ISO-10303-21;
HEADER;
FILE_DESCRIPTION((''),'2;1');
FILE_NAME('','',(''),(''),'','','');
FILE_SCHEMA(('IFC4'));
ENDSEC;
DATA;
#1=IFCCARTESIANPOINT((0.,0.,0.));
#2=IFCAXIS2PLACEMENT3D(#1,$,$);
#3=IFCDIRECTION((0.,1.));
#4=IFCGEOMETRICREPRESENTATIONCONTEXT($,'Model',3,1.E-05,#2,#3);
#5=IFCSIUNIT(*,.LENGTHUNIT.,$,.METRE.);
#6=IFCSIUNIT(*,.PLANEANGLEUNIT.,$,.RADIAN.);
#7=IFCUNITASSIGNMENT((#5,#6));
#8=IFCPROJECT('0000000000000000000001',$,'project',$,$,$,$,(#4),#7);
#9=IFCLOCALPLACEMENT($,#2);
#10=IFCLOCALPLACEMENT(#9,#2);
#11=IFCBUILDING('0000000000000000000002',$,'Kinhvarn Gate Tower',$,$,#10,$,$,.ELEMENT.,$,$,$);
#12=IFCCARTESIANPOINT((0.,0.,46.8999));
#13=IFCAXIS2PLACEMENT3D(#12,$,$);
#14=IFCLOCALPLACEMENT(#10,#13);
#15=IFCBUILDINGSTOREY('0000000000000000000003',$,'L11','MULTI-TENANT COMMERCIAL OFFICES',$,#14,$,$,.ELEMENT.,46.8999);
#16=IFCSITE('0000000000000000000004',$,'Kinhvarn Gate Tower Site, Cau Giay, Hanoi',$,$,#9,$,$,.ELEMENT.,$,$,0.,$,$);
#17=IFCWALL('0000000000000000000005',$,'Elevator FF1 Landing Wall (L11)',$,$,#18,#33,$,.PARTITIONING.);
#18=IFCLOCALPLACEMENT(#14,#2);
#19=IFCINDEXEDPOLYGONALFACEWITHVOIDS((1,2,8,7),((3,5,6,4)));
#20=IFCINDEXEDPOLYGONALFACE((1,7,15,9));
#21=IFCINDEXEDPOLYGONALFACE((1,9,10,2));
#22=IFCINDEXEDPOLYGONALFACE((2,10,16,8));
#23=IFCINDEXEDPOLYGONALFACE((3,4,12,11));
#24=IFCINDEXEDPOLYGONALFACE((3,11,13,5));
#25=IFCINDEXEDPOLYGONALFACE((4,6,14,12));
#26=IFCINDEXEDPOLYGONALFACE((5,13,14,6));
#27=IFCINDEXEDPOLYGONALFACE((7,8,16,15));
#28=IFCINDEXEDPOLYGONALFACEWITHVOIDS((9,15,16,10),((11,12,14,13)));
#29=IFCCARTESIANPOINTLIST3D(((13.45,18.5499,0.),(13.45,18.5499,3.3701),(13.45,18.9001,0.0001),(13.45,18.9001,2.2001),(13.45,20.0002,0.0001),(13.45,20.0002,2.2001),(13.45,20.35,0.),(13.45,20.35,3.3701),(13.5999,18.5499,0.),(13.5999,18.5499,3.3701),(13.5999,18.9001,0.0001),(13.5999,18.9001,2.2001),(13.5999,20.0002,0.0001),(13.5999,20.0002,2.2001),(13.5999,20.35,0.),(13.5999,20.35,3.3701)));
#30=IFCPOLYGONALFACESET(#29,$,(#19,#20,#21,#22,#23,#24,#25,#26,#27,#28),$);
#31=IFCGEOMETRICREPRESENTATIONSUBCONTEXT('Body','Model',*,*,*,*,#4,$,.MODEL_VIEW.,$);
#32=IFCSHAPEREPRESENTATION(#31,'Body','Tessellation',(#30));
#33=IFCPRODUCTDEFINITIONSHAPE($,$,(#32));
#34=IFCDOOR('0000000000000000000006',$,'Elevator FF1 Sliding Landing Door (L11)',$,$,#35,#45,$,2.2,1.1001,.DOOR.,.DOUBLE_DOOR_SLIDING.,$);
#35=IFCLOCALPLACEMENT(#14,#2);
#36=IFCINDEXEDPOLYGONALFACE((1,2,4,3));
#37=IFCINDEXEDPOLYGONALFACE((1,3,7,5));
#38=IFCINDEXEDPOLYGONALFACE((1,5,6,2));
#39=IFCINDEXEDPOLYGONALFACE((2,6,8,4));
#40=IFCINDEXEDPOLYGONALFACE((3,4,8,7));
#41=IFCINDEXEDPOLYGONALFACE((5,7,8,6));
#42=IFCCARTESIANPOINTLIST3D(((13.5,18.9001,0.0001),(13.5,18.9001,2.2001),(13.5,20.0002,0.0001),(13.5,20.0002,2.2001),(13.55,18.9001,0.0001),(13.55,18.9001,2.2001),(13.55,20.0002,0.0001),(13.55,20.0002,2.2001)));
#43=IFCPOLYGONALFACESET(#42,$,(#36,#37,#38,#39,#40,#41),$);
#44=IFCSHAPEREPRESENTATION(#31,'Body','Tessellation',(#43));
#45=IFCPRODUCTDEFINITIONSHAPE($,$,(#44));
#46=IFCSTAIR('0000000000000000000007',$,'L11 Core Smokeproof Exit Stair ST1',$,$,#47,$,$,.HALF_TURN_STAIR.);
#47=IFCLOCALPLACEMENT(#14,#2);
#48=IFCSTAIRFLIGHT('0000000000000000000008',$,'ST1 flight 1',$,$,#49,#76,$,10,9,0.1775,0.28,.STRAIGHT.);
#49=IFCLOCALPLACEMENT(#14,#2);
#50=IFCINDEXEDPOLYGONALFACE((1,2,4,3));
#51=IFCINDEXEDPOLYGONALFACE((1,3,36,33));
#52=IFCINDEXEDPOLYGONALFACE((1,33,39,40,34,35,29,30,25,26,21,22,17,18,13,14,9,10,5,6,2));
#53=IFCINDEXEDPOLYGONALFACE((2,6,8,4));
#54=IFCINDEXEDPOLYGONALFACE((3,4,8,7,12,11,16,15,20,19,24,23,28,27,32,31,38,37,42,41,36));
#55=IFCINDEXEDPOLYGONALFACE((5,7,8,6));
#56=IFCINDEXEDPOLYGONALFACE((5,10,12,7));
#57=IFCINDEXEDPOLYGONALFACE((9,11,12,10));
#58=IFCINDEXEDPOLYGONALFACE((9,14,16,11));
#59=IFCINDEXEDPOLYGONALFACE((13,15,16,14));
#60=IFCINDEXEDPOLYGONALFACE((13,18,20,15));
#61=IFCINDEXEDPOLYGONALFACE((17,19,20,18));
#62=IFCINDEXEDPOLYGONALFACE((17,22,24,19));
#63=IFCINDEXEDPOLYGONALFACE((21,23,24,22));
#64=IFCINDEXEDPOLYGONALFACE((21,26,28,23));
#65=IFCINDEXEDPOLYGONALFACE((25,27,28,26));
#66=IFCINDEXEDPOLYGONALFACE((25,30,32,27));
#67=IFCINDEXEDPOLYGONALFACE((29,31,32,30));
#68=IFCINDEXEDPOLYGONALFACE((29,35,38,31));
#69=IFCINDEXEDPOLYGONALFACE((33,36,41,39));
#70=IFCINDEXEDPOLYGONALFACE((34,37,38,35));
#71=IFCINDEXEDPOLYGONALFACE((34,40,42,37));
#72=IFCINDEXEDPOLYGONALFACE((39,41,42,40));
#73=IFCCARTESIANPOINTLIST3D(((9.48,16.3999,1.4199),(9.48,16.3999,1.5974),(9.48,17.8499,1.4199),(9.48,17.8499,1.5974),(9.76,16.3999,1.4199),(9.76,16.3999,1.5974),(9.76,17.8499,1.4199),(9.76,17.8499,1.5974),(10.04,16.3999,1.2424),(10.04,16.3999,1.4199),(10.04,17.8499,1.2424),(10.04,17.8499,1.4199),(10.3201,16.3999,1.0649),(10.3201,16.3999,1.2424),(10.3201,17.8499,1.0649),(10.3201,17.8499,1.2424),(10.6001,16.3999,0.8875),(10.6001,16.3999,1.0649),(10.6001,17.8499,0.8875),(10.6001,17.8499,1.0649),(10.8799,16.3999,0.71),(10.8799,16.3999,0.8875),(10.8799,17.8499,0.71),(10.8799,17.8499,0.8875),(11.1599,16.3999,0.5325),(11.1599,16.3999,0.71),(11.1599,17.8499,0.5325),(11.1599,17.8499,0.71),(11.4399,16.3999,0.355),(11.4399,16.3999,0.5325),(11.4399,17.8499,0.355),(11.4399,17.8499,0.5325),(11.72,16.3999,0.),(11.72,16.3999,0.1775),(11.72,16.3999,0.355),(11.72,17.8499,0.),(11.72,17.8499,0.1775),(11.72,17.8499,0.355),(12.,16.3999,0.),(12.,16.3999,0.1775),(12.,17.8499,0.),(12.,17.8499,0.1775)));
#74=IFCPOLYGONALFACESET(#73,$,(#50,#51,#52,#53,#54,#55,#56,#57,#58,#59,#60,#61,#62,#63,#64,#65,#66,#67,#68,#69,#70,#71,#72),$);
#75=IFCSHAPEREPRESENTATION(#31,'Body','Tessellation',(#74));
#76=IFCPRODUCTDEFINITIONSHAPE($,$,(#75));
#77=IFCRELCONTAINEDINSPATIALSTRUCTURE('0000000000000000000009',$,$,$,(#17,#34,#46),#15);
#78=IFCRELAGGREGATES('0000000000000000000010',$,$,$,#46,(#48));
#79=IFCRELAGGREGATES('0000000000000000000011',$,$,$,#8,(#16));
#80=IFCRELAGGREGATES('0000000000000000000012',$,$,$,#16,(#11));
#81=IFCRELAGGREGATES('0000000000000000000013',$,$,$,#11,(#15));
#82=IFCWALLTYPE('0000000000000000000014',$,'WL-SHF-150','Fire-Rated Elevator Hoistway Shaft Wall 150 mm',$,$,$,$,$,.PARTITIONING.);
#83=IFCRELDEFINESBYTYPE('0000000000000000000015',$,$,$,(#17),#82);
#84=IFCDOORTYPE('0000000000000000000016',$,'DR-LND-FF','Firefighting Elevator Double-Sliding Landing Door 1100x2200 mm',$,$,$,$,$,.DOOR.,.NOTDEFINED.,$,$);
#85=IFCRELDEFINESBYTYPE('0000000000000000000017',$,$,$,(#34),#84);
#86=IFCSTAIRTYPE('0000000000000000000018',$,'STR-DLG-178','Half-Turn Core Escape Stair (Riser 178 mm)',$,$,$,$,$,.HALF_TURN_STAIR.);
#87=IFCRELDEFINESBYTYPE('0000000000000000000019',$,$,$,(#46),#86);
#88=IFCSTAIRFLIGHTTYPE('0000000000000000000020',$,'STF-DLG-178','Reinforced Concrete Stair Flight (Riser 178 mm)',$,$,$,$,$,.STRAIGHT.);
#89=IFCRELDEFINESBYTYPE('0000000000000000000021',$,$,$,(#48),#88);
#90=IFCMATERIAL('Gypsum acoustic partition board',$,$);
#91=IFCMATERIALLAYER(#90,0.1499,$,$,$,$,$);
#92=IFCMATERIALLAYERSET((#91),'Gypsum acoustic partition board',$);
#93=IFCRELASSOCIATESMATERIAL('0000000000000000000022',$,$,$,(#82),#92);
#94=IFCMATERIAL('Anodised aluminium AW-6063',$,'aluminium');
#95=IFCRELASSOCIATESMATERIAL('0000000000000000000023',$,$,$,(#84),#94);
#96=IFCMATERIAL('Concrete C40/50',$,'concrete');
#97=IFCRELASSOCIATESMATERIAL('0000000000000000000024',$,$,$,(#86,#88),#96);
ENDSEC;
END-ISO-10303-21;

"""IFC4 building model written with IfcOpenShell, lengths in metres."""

from ifc_helpers import new_model, si_unit, direction, frame, frame_2d, origin, place, context, subcontext, project, spatial, polyline, rectangle, outline, extrude, material, layer, layer_set, type_object, element, fill, aggregate, save


model = new_model("IFC4")

# Units and contexts
model_context = context("Model", 3, precision=1e-05, world=origin(), true_north=direction((0.0, 1.0)))
body_context = subcontext(model_context, "Body", "Model", "MODEL_VIEW")
ifc_project = project(units=[si_unit("LENGTHUNIT", "METRE"), si_unit("PLANEANGLEUNIT", "RADIAN")], contexts=[model_context])

# Site, building, storey
site_placement = place(None, origin())
site = spatial("IfcSite", under=ifc_project, at=site_placement, Name="Kinhvarn Gate Tower Site, Cau Giay, Hanoi", CompositionType="ELEMENT", RefElevation=0.0)
building_placement = place(site_placement, origin())
building = spatial("IfcBuilding", under=site, at=building_placement, Name="Kinhvarn Gate Tower", CompositionType="ELEMENT")
storey_placement = place(building_placement, frame((0.0, 0.0, 46.8999)))
storey = spatial("IfcBuildingStorey", under=building, at=storey_placement, Name="L11", Description="MULTI-TENANT COMMERCIAL OFFICES", CompositionType="ELEMENT", Elevation=46.8999)

# Shared definitions
ifc_material_1 = material(Name="Anodised aluminium AW-6063", Category="aluminium")
ifc_material_2 = material(Name="Gypsum acoustic partition board")

# Shared definitions
ifc_layer_1 = layer(ifc_material_2, 0.1499)
ifc_layer_set_1 = layer_set([ifc_layer_1], Name="Gypsum acoustic partition board")
wall_type_1 = type_object("IfcWallType", Name="WL-SHF-150", Description="Fire-Rated Elevator Hoistway Shaft Wall 150 mm", PredefinedType="PARTITIONING", material=ifc_layer_set_1)

# Wall, opening, door
wall_1_placement = place(storey_placement, frame((13.5249, 18.55, 0.0), z_axis=(0.0, 0.0, 1.0), x_axis=(0.0, 1.0, 0.0)))
wall_1 = element("IfcWall", 1, at=wall_1_placement, inside=storey, type_object=wall_type_1, Name="Elevator FF1 Landing Wall (L11)", PredefinedType="PARTITIONING", context=body_context, shape_type="SweptSolid", body=[
    extrude(rectangle(XDim=1.8, YDim=0.1499, at=frame_2d((0.8999, 0.0))), origin(), (0.0, 0.0, 1.0), 3.3701),
])
opening_1_placement = place(wall_1_placement, frame((0.3501, 0.0, 0.0)))
opening_1 = element("IfcOpeningElement", 2, at=opening_1_placement, cuts=wall_1, PredefinedType="OPENING", context=body_context, shape_type="SweptSolid", body=[
    extrude(rectangle(XDim=1.1001, YDim=2.2, at=frame_2d((0.55, 1.1001))), frame((0.0, 0.085, 0.0), z_axis=(0.0, -1.0, 0.0), x_axis=(1.0, 0.0, 0.0)), (0.0, 0.0, 1.0), 0.1699),
])
door_type_1 = type_object("IfcDoorType", Name="DR-LND-FF", Description="Firefighting Elevator Double-Sliding Landing Door 1100x2200 mm", OperationType="NOTDEFINED", PredefinedType="DOOR", material=ifc_material_1)
door_1_placement = place(opening_1_placement, origin())
door_1 = element("IfcDoor", 3, at=door_1_placement, inside=storey, type_object=door_type_1, Name="Elevator FF1 Sliding Landing Door (L11)", OperationType="DOUBLE_DOOR_SLIDING", OverallHeight=2.2, OverallWidth=1.1001, PredefinedType="DOOR", context=body_context, shape_type="SweptSolid", body=[
    extrude(rectangle(XDim=1.1001, YDim=2.2, at=frame_2d((0.55, 1.1001))), frame((0.0, 0.0249, 0.0), z_axis=(0.0, -1.0, 0.0), x_axis=(1.0, 0.0, 0.0)), (0.0, 0.0, 1.0), 0.05),
])
fill(opening_1, door_1)
ifc_material_3 = material(Name="Concrete C40/50", Category="concrete")

# Stair, stair flight
stair_type = type_object("IfcStairType", Name="STR-DLG-178", Description="Half-Turn Core Escape Stair (Riser 178 mm)", PredefinedType="HALF_TURN_STAIR", material=ifc_material_3)
stair_placement = place(storey_placement, origin())
stair = element("IfcStair", 4, at=stair_placement, inside=storey, type_object=stair_type, Name="L11 Core Smokeproof Exit Stair ST1", PredefinedType="HALF_TURN_STAIR")
stair_flight_type = type_object("IfcStairFlightType", Name="STF-DLG-178", Description="Reinforced Concrete Stair Flight (Riser 178 mm)", PredefinedType="STRAIGHT", material=ifc_material_3)
stair_flight_placement = place(storey_placement, frame((12.0, 17.125, 0.0), z_axis=(0.0, 0.0, 1.0), x_axis=(-1.0, 0.0, 0.0)))
stair_flight = element("IfcStairFlight", 5, at=stair_flight_placement, type_object=stair_flight_type, Name="ST1 flight 1", NumberOfRisers=10, NumberOfTreads=9, PredefinedType="STRAIGHT", RiserHeight=0.1775, TreadLength=0.28, context=body_context, shape_type="SweptSolid", body=[
    extrude(outline(polyline([(0.0, 0.0), (0.0, 0.1775), (0.28, 0.1775), (0.28, 0.355), (0.5601, 0.355), (0.5601, 0.5325), (0.8401, 0.5325), (0.8401, 0.71), (1.1201, 0.71), (1.1201, 0.8875), (1.3999, 0.8875), (1.3999, 1.0649), (1.6799, 1.0649), (1.6799, 1.2424), (1.96, 1.2424), (1.96, 1.4199), (2.24, 1.4199), (2.24, 1.5974), (2.52, 1.5974), (2.52, 1.7749), (2.52, 1.4199), (0.28, 0.0), (0.0, 0.0)])), frame((0.0, 0.7251, 0.0), z_axis=(0.0, -1.0, 0.0), x_axis=(1.0, 0.0, 0.0)), (0.0, 0.0, 1.0), 1.45),
])
aggregate(stair, [stair_flight])

save(model, "model.ifc")
